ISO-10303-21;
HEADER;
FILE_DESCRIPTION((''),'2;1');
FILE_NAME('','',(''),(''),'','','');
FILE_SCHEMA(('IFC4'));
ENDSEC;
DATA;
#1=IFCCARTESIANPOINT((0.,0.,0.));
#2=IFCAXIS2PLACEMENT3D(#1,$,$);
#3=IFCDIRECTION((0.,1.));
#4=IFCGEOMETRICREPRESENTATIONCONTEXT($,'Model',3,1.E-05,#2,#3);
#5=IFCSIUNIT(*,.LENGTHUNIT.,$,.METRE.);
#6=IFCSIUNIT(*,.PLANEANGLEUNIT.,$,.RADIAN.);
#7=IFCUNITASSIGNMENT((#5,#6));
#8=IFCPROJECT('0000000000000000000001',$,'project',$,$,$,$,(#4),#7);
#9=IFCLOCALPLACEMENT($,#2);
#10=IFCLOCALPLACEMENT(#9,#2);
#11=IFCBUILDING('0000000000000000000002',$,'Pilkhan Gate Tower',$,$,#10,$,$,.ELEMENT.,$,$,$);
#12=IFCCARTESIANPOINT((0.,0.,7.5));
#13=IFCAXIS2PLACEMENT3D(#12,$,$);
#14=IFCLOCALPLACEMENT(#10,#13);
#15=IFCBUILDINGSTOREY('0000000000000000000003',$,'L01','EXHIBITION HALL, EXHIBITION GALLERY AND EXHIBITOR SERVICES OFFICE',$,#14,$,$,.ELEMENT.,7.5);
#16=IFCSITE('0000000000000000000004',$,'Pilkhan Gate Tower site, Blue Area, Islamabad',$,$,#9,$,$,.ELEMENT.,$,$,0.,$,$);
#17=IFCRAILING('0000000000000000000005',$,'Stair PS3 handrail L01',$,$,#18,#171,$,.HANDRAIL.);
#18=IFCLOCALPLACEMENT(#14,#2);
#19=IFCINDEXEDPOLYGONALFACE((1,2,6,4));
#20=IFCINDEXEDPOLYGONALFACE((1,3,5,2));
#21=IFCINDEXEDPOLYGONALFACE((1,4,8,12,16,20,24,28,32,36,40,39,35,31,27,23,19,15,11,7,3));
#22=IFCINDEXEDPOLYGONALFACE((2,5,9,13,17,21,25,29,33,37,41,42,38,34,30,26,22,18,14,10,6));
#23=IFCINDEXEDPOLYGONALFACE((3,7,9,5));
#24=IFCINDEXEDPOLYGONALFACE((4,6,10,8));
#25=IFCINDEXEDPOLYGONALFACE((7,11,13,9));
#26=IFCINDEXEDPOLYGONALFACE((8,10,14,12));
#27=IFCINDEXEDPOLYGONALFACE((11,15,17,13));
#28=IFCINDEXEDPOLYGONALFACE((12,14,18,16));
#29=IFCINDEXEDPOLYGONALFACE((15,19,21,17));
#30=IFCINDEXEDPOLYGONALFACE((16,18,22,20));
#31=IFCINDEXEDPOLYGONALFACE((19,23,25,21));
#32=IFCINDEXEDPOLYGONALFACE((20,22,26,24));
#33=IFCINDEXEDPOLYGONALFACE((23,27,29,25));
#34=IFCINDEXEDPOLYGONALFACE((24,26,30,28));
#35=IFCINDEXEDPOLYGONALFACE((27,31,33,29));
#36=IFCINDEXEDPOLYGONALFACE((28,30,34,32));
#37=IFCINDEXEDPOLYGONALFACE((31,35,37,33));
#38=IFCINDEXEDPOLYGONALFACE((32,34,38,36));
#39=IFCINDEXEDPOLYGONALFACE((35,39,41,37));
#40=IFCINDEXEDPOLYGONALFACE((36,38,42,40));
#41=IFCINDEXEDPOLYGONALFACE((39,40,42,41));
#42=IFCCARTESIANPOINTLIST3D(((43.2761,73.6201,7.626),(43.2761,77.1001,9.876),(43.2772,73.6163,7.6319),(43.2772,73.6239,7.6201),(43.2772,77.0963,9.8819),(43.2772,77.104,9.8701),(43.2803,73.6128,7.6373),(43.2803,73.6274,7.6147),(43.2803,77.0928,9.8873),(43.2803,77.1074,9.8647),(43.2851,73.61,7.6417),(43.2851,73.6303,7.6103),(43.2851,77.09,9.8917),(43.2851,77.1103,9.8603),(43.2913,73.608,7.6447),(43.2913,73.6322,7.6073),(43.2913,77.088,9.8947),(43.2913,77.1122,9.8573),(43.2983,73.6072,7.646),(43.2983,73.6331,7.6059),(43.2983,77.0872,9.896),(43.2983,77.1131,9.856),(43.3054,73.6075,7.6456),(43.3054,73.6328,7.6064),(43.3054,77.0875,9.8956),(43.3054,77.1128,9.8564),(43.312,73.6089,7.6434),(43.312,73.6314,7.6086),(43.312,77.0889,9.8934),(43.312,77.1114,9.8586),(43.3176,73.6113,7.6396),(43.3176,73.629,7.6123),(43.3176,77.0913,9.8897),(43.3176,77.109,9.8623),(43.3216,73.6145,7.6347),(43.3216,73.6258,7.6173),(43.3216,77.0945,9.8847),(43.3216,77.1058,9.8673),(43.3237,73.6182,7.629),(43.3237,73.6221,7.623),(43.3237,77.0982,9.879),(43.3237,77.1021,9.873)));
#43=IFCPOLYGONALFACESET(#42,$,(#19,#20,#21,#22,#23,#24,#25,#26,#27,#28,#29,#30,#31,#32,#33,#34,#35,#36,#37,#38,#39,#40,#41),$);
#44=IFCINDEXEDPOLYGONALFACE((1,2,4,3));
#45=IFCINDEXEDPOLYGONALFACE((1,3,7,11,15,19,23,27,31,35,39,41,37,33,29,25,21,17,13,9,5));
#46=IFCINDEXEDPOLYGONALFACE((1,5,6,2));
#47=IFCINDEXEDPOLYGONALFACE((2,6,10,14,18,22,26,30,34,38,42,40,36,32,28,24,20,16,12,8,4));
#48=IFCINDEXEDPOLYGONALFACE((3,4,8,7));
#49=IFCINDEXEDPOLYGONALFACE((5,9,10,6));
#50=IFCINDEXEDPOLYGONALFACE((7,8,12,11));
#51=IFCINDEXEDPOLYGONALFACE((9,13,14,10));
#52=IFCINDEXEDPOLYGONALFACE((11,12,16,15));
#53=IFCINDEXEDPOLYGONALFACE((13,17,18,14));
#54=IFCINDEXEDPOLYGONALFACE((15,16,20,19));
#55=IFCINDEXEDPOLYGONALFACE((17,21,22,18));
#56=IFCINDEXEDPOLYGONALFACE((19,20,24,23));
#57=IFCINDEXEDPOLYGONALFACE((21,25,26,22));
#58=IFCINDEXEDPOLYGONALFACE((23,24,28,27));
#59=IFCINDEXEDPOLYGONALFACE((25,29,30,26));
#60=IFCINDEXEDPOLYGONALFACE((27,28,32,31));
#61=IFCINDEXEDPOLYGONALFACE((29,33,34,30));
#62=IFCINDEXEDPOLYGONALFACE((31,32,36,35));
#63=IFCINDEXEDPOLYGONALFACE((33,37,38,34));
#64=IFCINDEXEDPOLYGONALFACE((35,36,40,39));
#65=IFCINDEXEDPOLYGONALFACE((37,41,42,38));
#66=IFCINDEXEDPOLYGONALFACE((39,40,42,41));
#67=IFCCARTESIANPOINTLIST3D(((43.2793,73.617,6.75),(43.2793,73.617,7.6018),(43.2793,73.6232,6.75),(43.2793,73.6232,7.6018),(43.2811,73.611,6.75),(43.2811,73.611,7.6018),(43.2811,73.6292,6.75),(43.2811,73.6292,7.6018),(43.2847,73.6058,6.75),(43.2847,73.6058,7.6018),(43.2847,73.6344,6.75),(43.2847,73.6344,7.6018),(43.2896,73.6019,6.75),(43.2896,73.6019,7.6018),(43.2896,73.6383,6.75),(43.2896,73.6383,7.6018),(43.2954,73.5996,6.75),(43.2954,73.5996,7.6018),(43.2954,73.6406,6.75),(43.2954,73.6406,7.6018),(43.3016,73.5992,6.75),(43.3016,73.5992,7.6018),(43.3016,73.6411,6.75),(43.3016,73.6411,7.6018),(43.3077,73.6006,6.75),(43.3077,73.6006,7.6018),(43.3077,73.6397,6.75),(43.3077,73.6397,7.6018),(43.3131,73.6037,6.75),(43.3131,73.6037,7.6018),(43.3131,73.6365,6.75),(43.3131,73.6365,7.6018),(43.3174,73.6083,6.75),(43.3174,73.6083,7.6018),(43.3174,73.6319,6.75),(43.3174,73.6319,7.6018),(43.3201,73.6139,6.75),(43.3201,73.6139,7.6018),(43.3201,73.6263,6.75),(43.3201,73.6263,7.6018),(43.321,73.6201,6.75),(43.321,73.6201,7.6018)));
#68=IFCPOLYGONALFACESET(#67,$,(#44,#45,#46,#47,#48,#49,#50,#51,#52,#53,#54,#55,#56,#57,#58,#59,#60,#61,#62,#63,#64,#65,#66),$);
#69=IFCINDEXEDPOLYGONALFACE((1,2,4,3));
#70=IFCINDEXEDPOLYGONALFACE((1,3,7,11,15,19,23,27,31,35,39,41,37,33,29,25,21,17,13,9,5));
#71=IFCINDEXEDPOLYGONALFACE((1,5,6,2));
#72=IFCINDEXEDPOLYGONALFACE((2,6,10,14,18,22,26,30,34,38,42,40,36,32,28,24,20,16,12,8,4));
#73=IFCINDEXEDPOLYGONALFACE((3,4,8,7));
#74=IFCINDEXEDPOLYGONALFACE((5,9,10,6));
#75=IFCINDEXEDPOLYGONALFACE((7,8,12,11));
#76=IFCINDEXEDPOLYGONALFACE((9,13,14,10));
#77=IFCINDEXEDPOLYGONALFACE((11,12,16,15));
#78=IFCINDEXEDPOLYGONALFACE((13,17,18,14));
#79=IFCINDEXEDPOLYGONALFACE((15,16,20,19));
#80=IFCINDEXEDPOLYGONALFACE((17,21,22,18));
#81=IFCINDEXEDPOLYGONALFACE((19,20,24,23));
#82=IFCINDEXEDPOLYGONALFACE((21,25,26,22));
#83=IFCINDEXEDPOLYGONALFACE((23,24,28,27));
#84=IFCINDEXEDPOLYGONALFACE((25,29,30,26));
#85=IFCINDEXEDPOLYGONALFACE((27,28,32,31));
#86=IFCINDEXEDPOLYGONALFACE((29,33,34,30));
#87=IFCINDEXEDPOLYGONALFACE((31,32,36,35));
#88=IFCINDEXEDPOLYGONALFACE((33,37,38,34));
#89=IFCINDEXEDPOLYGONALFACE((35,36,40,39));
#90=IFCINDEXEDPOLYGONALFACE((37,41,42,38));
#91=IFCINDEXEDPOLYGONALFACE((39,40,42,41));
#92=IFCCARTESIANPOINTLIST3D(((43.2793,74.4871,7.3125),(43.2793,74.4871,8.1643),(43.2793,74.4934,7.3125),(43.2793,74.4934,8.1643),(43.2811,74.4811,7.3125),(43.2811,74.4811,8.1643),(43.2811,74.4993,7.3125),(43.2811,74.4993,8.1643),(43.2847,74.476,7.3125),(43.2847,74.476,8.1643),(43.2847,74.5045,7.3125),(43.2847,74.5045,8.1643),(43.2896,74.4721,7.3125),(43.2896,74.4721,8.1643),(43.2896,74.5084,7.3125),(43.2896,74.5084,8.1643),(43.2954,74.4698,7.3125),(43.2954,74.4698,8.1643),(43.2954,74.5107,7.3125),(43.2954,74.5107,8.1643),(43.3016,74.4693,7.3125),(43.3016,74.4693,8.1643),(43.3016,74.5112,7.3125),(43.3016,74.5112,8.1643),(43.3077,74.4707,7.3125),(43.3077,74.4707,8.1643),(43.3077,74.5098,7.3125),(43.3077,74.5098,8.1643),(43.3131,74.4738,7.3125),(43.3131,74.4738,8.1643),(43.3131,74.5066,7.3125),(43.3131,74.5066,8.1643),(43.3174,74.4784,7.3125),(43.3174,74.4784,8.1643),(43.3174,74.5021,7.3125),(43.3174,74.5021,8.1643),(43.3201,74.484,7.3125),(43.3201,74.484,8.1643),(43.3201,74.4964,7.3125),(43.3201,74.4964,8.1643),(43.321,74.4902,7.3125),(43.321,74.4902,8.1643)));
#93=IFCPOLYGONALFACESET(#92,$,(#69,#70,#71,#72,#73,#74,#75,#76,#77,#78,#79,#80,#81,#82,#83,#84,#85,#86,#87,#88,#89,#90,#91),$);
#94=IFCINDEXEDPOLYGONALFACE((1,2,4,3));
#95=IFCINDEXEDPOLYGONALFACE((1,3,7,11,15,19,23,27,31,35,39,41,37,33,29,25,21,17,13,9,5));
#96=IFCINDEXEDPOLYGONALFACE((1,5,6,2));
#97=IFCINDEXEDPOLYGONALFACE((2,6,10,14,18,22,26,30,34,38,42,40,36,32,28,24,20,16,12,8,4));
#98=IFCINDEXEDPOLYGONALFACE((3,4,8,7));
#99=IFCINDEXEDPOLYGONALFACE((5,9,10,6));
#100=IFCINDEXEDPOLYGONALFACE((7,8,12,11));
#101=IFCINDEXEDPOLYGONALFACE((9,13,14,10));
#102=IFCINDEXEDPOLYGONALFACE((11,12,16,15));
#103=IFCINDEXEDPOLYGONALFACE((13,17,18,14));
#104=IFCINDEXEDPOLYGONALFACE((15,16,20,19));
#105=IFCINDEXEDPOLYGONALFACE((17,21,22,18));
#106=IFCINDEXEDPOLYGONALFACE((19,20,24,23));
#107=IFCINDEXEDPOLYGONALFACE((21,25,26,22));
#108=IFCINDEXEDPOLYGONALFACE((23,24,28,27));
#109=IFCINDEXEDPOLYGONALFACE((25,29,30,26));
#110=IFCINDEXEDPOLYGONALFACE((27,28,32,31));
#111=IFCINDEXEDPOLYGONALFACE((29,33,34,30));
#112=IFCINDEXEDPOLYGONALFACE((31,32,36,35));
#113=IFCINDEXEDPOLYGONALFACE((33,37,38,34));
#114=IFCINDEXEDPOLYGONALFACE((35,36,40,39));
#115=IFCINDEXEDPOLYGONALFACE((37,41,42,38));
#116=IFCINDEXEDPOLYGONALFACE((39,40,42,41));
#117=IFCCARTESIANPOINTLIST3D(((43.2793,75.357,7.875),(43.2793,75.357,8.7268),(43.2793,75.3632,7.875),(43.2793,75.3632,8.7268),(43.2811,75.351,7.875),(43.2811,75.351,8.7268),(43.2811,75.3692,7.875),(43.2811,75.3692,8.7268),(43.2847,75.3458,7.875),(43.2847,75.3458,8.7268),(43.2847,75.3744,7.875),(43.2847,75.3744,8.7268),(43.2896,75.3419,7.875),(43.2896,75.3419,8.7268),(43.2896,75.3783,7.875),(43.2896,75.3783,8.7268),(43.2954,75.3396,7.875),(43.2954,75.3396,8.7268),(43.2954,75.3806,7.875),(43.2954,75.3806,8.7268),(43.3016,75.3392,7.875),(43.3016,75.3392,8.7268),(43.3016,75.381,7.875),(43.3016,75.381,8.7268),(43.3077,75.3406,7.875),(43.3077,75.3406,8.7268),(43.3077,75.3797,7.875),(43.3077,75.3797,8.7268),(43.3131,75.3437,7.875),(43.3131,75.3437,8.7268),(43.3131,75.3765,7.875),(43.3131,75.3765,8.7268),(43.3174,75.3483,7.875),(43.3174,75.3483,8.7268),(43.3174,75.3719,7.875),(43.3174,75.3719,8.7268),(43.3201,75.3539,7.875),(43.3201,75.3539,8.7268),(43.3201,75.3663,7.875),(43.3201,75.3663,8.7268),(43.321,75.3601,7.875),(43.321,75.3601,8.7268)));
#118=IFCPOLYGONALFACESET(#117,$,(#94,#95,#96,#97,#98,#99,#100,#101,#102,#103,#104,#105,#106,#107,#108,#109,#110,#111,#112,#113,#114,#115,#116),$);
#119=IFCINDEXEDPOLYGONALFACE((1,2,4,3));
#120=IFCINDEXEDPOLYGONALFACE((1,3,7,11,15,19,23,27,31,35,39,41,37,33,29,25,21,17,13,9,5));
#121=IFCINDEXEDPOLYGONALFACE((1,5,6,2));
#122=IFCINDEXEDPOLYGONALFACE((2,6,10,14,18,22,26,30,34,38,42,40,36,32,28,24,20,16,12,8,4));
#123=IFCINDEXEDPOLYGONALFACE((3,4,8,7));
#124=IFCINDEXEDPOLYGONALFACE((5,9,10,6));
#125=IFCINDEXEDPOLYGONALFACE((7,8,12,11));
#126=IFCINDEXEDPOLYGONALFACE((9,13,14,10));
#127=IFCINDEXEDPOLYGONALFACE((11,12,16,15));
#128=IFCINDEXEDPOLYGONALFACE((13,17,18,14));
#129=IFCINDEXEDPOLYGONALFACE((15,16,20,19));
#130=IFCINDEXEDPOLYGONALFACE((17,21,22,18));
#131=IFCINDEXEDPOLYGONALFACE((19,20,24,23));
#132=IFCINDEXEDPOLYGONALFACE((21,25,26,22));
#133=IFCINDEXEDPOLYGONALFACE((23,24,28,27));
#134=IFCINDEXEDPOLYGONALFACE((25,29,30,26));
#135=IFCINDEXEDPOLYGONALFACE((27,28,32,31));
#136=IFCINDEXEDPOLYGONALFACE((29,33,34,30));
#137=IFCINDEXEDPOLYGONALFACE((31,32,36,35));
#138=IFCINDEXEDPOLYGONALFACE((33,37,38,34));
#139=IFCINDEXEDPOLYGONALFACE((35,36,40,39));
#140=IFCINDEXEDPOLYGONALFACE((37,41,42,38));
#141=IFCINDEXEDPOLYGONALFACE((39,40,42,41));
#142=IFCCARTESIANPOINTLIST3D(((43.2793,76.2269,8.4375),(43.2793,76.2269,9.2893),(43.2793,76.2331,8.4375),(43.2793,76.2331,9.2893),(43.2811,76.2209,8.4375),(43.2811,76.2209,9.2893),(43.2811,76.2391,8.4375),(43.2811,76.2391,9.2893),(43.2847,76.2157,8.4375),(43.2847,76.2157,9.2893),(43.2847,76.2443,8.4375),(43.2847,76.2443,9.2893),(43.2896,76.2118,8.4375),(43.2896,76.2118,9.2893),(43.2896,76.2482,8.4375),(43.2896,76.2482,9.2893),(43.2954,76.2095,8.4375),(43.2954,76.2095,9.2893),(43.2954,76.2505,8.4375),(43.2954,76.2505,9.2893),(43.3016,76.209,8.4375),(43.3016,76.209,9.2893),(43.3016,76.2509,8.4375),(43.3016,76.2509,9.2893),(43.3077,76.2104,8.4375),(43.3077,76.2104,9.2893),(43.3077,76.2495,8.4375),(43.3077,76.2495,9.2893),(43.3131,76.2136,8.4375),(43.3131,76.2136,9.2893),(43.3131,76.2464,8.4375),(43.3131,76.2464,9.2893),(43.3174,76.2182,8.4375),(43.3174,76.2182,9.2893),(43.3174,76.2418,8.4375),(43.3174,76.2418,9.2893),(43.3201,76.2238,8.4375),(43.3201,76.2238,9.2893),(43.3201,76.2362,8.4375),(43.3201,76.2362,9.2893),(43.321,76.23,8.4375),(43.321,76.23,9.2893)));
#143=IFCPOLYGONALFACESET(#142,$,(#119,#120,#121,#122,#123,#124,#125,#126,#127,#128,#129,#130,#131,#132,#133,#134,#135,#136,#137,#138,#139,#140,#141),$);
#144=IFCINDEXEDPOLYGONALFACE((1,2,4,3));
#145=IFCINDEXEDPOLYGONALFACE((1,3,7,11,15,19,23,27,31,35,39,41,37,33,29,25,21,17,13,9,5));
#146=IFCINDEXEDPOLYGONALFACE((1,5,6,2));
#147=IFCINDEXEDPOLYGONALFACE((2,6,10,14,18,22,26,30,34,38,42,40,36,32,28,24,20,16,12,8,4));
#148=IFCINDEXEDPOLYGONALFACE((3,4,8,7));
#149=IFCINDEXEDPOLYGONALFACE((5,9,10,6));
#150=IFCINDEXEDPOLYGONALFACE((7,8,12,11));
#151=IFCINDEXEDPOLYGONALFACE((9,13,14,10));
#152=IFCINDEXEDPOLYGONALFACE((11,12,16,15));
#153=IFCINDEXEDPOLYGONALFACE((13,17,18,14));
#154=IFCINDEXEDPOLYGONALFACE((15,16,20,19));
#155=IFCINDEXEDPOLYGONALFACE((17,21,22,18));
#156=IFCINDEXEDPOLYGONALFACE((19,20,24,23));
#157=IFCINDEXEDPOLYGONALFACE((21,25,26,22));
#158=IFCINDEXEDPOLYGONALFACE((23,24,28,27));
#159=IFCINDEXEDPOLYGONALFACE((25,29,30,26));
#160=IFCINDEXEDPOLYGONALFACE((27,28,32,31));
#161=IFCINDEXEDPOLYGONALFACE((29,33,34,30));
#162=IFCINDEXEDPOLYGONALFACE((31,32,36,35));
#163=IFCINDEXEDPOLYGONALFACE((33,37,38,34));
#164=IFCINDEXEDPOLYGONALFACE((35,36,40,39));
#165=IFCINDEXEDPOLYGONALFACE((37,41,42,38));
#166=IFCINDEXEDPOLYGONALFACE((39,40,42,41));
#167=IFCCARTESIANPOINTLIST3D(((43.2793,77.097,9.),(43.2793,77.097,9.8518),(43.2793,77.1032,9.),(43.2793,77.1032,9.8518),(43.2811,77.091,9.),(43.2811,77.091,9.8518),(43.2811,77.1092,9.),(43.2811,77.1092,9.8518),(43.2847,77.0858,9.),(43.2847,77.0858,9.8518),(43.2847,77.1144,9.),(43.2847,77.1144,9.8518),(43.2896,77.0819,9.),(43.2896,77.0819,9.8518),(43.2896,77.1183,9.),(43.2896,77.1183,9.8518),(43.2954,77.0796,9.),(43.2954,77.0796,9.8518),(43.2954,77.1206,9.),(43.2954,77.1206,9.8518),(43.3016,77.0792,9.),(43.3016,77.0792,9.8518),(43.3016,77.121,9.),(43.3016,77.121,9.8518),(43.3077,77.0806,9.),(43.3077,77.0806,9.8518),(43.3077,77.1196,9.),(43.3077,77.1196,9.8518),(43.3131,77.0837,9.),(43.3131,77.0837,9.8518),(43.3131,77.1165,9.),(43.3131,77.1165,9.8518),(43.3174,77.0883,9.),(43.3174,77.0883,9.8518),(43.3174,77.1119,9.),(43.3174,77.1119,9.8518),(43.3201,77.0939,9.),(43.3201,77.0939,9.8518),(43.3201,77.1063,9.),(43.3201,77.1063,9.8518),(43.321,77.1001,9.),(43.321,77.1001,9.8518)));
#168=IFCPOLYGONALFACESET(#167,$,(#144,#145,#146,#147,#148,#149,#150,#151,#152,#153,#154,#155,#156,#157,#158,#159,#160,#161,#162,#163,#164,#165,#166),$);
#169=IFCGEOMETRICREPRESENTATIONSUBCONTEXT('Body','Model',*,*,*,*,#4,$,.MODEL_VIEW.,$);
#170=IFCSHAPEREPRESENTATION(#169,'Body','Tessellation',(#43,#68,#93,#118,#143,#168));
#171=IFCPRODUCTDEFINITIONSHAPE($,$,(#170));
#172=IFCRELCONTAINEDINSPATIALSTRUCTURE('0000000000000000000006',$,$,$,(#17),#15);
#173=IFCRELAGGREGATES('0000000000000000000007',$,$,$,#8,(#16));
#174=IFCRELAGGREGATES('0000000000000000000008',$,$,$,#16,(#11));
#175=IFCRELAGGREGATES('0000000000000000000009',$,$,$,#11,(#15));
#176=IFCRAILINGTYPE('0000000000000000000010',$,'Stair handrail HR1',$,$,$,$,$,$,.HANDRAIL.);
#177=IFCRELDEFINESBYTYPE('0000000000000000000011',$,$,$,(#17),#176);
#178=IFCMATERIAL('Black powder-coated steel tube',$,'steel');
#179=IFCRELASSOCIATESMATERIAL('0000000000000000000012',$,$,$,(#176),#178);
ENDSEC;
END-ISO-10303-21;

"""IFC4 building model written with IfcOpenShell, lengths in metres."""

from ifc_helpers import new_model, si_unit, direction, frame, origin, origin_2d, place, context, subcontext, project, spatial, circle, extrude, material, type_object, element, save


model = new_model("IFC4")

# Units and contexts
model_context = context("Model", 3, precision=1e-05, world=origin(), true_north=direction((0.0, 1.0)))
body_context = subcontext(model_context, "Body", "Model", "MODEL_VIEW")
ifc_project = project(units=[si_unit("LENGTHUNIT", "METRE"), si_unit("PLANEANGLEUNIT", "RADIAN")], contexts=[model_context])

# Site, building, storey
site_placement = place(None, origin())
site = spatial("IfcSite", under=ifc_project, at=site_placement, Name="Pilkhan Gate Tower site, Blue Area, Islamabad", CompositionType="ELEMENT", RefElevation=0.0)
building_placement = place(site_placement, origin())
building = spatial("IfcBuilding", under=site, at=building_placement, Name="Pilkhan Gate Tower", CompositionType="ELEMENT")
storey_placement = place(building_placement, frame((0.0, 0.0, 7.5)))
storey = spatial("IfcBuildingStorey", under=building, at=storey_placement, Name="L01", Description="EXHIBITION HALL, EXHIBITION GALLERY AND EXHIBITOR SERVICES OFFICE", CompositionType="ELEMENT", Elevation=7.5)

# Railing
ifc_material_1 = material(Name="Black powder-coated steel tube", Category="steel")
railing_type_1 = type_object("IfcRailingType", Name="Stair handrail HR1", PredefinedType="HANDRAIL", material=ifc_material_1)
railing_1_placement = place(storey_placement, frame((43.3, 73.6201, 6.75)))
element("IfcRailing", 1, at=railing_1_placement, inside=storey, type_object=railing_type_1, Name="Stair PS3 handrail L01", PredefinedType="HANDRAIL", context=body_context, shape_type="SweptSolid", body=[
    extrude(circle(Radius=0.0239, at=origin_2d()), frame((0.0, 0.0, 0.876), z_axis=(0.0, 0.839763, 0.542953), x_axis=(-1.0, 0.0, 0.0)), (0.0, 0.0, 1.0), 4.144),
    extrude(circle(Radius=0.021, at=origin_2d()), origin(), (0.0, 0.0, 1.0), 0.8518),
    extrude(circle(Radius=0.021, at=origin_2d()), frame((0.0, 0.8701, 0.5625)), (0.0, 0.0, 1.0), 0.8518),
    extrude(circle(Radius=0.021, at=origin_2d()), frame((0.0, 1.74, 1.125)), (0.0, 0.0, 1.0), 0.8518),
    extrude(circle(Radius=0.021, at=origin_2d()), frame((0.0, 2.6099, 1.6875)), (0.0, 0.0, 1.0), 0.8518),
    extrude(circle(Radius=0.021, at=origin_2d()), frame((0.0, 3.48, 2.25)), (0.0, 0.0, 1.0), 0.8518),
])

save(model, "model.ifc")
